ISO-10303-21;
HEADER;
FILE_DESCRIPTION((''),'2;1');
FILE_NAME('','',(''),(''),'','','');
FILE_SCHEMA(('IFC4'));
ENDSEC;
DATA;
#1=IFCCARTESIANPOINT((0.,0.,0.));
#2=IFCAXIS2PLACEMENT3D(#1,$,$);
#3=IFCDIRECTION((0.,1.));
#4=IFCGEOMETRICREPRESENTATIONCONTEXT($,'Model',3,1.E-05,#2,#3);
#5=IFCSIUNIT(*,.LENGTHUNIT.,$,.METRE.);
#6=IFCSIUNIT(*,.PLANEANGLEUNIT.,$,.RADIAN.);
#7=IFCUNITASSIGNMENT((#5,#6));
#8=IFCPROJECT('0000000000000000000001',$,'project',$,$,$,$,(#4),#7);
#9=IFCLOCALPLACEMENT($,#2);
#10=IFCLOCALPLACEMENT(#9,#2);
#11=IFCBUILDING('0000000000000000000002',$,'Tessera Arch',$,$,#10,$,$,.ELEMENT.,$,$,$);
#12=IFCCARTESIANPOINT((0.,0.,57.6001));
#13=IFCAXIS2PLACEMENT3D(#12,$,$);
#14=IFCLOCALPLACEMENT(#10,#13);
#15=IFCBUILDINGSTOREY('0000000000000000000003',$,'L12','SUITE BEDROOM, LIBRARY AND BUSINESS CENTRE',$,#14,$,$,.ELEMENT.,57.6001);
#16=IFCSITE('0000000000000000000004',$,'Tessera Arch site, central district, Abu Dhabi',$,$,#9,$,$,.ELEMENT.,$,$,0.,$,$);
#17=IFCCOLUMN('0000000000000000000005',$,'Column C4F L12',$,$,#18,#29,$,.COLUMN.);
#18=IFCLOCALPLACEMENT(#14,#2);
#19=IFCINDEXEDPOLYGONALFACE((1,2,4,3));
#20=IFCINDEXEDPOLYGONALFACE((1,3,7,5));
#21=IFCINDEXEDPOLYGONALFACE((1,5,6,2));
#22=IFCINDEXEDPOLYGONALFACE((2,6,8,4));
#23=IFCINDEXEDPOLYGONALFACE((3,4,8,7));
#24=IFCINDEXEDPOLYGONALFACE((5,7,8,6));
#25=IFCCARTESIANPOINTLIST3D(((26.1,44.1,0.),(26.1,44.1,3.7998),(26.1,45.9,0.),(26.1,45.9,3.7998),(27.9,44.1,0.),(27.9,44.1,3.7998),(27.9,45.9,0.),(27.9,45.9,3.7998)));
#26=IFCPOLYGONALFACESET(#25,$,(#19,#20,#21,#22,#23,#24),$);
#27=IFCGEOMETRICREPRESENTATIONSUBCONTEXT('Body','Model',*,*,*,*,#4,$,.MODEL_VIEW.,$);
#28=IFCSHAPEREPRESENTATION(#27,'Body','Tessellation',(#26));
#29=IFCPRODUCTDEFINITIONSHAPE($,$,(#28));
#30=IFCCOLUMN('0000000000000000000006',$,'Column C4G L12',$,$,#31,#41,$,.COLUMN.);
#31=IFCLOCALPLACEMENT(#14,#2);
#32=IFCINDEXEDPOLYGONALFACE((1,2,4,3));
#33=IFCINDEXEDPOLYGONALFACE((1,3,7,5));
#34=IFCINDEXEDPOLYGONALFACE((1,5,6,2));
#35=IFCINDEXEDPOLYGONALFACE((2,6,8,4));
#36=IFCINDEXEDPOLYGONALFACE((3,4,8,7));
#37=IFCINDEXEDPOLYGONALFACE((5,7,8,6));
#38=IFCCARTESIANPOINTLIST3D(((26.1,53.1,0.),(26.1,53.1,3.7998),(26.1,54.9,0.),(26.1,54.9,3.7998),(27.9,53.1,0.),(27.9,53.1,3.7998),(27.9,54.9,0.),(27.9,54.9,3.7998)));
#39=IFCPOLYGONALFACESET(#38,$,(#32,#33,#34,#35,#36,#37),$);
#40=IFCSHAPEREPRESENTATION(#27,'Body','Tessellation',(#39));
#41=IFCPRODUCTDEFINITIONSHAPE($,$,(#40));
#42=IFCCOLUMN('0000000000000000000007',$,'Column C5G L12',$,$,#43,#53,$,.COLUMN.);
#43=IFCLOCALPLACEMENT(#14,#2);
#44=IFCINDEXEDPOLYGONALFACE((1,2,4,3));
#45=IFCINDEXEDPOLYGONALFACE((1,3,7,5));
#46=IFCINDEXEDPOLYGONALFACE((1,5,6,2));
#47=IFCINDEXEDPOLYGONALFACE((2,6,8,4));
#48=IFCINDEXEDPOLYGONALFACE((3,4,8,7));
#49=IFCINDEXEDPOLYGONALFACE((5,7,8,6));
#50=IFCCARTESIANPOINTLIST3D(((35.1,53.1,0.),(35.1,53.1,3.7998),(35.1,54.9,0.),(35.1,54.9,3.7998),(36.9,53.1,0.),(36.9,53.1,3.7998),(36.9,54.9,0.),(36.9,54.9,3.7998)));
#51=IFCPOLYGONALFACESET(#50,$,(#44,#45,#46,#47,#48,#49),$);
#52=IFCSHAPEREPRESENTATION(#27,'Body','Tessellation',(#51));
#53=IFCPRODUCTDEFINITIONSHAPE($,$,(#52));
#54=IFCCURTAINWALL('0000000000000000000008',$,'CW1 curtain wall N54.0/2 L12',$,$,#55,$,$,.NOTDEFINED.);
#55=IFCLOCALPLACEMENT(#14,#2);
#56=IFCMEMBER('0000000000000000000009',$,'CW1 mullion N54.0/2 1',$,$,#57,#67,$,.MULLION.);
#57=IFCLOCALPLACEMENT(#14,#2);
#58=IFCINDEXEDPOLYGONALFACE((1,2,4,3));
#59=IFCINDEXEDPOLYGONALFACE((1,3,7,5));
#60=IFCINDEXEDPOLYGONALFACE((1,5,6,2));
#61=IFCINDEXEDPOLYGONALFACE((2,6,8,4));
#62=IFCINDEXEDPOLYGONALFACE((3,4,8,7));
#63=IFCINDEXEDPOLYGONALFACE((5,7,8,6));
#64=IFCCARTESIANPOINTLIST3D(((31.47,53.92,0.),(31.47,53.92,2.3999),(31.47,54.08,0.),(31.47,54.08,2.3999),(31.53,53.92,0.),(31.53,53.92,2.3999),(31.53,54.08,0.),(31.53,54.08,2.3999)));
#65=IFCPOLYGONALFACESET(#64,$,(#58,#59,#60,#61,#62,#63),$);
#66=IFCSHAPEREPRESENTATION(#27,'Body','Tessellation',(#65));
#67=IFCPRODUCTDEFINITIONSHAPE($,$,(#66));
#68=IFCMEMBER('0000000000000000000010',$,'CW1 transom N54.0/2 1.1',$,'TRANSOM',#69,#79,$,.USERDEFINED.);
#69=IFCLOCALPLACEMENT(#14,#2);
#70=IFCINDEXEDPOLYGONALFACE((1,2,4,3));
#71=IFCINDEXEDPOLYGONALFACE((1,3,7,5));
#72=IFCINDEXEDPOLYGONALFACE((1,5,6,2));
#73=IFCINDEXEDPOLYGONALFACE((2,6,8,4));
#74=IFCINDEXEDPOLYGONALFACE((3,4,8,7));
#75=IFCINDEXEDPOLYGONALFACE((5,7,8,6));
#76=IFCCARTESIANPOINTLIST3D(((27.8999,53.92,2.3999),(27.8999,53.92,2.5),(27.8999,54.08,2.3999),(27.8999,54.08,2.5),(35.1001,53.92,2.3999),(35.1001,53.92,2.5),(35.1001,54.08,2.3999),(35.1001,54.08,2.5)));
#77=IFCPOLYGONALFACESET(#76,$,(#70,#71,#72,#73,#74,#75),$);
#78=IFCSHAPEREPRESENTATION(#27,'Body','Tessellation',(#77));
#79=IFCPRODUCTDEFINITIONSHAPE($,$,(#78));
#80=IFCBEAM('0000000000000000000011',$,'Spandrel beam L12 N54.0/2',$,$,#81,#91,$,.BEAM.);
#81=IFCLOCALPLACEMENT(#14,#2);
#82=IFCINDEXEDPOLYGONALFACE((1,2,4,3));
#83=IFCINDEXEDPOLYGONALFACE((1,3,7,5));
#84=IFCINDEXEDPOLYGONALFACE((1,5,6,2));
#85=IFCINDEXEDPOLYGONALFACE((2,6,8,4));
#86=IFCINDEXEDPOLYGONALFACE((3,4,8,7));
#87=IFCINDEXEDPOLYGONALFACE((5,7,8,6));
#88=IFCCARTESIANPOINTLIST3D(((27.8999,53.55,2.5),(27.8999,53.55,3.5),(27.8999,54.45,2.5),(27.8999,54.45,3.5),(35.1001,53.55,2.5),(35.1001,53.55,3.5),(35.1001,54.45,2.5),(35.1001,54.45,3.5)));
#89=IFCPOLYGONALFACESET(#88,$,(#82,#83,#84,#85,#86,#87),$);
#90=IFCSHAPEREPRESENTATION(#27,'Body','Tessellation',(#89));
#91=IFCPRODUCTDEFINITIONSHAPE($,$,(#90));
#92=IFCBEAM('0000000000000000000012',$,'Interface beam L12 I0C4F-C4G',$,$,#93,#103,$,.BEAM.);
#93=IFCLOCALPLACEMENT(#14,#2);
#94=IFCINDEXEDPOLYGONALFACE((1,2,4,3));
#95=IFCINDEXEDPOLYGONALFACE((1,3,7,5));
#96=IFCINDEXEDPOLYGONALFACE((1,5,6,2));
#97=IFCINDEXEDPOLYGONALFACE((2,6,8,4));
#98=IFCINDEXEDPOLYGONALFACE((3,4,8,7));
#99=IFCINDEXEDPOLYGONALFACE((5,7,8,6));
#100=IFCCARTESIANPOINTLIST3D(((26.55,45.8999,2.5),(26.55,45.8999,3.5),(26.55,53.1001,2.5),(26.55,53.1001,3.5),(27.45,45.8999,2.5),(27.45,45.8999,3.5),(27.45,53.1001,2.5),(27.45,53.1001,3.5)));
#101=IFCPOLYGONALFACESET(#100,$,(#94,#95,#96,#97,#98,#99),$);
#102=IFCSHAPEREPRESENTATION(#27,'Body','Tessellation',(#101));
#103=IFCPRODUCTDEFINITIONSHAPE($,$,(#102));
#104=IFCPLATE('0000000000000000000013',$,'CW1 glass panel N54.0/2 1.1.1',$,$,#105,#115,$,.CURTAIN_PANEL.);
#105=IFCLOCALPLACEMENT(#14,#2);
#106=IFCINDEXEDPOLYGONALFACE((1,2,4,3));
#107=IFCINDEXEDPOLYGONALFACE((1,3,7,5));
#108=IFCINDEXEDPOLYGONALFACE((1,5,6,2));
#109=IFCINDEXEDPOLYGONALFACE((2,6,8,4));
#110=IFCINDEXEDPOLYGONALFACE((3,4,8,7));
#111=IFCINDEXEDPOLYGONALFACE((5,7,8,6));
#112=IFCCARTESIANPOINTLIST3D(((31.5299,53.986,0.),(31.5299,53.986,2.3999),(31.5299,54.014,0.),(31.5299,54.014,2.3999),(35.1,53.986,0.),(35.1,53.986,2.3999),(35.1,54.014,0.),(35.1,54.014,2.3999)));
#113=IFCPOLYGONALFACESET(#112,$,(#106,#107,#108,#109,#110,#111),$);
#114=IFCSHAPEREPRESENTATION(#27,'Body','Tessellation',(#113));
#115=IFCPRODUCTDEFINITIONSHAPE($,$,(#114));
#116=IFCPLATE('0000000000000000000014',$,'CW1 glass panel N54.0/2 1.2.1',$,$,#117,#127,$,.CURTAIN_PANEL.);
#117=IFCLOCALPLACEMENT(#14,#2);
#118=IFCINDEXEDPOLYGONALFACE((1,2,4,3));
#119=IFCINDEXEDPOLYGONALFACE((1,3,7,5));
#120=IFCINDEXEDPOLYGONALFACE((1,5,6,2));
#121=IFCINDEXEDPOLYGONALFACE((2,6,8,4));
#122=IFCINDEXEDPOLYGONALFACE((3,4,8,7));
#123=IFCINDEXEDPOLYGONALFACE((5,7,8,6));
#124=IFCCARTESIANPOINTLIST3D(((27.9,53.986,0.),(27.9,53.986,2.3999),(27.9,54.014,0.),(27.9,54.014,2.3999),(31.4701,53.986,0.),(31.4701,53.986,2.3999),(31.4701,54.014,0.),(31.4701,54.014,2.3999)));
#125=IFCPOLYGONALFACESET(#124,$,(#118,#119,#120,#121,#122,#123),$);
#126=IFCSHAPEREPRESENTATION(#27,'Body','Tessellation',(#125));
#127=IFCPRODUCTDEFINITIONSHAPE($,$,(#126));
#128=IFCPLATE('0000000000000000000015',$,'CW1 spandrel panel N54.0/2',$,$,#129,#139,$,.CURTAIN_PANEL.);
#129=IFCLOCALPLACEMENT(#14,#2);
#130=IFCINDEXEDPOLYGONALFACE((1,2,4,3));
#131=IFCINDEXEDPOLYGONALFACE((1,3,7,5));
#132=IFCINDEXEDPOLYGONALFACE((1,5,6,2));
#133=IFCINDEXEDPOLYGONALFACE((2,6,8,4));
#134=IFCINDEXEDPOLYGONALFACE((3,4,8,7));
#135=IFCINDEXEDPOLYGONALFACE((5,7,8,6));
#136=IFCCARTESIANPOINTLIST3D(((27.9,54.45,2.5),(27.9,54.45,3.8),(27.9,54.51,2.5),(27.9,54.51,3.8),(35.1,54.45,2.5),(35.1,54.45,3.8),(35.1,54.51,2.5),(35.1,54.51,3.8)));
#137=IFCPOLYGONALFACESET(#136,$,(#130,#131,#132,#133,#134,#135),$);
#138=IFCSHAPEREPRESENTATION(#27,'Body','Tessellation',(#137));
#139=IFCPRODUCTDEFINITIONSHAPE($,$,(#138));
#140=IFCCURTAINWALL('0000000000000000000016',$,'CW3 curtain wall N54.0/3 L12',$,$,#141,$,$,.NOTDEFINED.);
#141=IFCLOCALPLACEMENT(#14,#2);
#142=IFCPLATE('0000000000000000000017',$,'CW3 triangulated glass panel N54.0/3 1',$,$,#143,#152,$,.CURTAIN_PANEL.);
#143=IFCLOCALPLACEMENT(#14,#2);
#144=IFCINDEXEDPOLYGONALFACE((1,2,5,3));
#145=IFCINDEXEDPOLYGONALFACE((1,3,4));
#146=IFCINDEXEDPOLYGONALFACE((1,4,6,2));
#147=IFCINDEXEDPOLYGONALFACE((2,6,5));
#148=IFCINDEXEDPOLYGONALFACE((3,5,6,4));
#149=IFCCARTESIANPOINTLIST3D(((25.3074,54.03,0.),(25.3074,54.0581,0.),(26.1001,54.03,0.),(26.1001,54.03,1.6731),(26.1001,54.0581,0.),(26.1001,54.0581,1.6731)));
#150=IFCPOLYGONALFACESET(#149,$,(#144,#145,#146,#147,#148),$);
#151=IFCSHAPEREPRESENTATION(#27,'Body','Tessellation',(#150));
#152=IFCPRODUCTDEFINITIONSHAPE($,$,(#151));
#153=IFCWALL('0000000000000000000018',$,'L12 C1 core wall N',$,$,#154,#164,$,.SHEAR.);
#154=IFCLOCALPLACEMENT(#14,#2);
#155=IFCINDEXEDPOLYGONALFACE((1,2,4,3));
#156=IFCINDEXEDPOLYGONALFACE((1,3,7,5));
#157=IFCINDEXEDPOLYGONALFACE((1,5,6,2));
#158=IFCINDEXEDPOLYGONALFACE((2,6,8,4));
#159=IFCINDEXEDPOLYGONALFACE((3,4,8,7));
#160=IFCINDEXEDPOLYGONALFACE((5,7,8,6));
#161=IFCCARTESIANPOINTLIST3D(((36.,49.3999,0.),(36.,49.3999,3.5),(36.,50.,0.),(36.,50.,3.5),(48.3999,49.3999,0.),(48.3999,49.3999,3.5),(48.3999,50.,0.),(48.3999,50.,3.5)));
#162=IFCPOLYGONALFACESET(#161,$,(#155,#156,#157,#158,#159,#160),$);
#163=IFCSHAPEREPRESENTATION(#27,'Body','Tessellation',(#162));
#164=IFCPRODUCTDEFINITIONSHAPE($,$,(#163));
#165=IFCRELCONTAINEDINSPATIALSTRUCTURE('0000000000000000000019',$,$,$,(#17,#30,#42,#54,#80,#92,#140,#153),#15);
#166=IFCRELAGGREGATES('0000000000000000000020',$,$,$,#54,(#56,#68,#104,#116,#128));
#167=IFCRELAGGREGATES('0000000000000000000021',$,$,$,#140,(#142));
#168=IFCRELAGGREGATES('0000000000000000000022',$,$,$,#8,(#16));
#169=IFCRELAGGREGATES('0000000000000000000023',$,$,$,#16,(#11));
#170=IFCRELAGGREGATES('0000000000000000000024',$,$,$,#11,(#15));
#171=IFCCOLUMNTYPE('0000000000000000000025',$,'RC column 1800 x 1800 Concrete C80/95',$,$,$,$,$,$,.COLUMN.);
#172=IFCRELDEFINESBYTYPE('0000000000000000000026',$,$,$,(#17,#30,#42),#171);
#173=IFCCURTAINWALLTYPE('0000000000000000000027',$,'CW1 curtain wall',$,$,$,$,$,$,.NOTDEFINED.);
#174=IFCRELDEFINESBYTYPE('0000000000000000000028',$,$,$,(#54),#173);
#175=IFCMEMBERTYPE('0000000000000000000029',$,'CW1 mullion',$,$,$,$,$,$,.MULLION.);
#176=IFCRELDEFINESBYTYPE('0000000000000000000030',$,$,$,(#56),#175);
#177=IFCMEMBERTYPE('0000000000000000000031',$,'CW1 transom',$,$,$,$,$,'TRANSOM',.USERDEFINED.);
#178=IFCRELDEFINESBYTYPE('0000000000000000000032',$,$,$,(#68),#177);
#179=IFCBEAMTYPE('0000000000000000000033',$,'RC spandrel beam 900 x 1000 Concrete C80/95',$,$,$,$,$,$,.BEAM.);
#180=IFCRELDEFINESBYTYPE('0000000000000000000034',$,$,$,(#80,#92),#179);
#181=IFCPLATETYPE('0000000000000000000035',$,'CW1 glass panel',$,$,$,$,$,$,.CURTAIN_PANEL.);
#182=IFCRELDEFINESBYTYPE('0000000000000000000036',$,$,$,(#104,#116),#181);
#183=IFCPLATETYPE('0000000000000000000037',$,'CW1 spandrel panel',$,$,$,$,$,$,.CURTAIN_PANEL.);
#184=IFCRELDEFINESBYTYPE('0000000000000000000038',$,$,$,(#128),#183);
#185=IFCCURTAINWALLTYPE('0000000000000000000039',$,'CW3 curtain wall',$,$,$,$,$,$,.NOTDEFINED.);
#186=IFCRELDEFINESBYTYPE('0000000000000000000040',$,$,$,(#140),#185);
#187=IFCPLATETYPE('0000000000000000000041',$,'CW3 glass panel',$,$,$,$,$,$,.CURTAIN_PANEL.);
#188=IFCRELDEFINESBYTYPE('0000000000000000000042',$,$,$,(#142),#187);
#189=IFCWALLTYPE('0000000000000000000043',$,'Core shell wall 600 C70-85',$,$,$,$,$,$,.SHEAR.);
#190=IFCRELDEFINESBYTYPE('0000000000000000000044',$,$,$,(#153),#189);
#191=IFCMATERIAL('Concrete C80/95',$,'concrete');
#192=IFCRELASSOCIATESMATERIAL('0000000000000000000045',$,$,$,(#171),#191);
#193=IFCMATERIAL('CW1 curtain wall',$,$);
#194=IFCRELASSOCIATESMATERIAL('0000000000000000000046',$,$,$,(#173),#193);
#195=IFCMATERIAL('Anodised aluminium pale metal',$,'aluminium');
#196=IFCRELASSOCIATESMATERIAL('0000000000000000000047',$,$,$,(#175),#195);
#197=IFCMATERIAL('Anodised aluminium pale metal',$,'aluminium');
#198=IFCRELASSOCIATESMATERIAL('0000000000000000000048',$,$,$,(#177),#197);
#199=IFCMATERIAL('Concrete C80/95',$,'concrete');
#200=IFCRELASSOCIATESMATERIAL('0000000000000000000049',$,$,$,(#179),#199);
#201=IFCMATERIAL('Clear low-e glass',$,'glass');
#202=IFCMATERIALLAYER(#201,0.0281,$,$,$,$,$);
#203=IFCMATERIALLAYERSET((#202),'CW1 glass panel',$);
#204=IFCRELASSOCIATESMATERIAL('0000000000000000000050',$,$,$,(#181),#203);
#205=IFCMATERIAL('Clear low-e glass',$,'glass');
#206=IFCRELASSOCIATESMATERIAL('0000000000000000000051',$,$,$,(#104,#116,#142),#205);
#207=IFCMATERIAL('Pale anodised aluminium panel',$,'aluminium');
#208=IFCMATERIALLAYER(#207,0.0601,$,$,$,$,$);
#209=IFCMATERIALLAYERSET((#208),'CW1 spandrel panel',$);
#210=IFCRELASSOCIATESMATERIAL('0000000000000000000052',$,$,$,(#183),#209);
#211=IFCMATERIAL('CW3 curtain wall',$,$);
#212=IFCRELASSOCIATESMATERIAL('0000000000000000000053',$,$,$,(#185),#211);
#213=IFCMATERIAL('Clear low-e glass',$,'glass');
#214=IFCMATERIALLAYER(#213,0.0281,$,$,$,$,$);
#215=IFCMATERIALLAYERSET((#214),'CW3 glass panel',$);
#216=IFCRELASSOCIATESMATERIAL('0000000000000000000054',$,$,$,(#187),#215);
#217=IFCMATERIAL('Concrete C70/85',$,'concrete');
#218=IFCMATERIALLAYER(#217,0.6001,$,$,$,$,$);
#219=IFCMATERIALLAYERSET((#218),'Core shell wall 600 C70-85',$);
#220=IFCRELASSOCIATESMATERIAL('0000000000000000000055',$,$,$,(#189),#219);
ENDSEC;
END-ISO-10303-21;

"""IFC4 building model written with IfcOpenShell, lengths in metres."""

from ifc_helpers import new_model, si_unit, direction, frame, frame_2d, origin, origin_2d, place, context, subcontext, project, spatial, polyline, rectangle, outline, extrude, material, layer, layer_set, material_profile, profile_set, type_object, element, aggregate, save


model = new_model("IFC4")

# Units and contexts
model_context = context("Model", 3, precision=1e-05, world=origin(), true_north=direction((0.0, 1.0)))
body_context = subcontext(model_context, "Body", "Model", "MODEL_VIEW")
ifc_project = project(units=[si_unit("LENGTHUNIT", "METRE"), si_unit("PLANEANGLEUNIT", "RADIAN")], contexts=[model_context])

# Site, building, storey
site_placement = place(None, origin())
site = spatial("IfcSite", under=ifc_project, at=site_placement, Name="Tessera Arch site, central district, Abu Dhabi", CompositionType="ELEMENT", RefElevation=0.0)
building_placement = place(site_placement, origin())
building = spatial("IfcBuilding", under=site, at=building_placement, Name="Tessera Arch", CompositionType="ELEMENT")
storey_placement = place(building_placement, frame((0.0, 0.0, 57.6001)))
storey = spatial("IfcBuildingStorey", under=building, at=storey_placement, Name="L12", Description="SUITE BEDROOM, LIBRARY AND BUSINESS CENTRE", CompositionType="ELEMENT", Elevation=57.6001)

# Columns
ifc_material_1 = material(Name="Concrete C80/95", Category="concrete")
ifc_material_profile_1 = material_profile(ifc_material_1, rectangle(XDim=1.8, YDim=1.8, at=origin_2d()), Name="RC column 1800 x 1800 Concrete C80/95")
ifc_profile_set_1 = profile_set([ifc_material_profile_1], Name="Concrete C80/95")
column_type = type_object("IfcColumnType", Name="RC column 1800 x 1800 Concrete C80/95", PredefinedType="COLUMN", material=ifc_profile_set_1)
for number, where, z_axis, x_axis, name in (
    (1, (27.0, 45.0, 0.0), (0.0, 0.0, 1.0), (1.0, 0.0, 0.0), "Column C4F L12"),
    (2, (27.0, 54.0, 0.0), (0.0, 0.0, 1.0), (1.0, 0.0, 0.0), "Column C4G L12"),
    (3, (36.0, 54.0, 0.0), (0.0, 0.0, 1.0), (1.0, 0.0, 0.0), "Column C5G L12"),
):
    element("IfcColumn", number, at=place(storey_placement, frame(where, z_axis=z_axis, x_axis=x_axis)), inside=storey, type_object=column_type, Name=name, PredefinedType="COLUMN", context=body_context, shape_type="SweptSolid", body=[
        extrude(rectangle(XDim=1.8, YDim=1.8, at=origin_2d()), origin(), (0.0, 0.0, 1.0), 3.7998),
    ])

# Curtain wall, members
ifc_material_2 = material(Name="CW1 curtain wall")
curtain_wall_type_1 = type_object("IfcCurtainWallType", Name="CW1 curtain wall", PredefinedType="NOTDEFINED", material=ifc_material_2)
curtain_wall_1_placement = place(storey_placement, origin())
curtain_wall_1 = element("IfcCurtainWall", 4, at=curtain_wall_1_placement, inside=storey, type_object=curtain_wall_type_1, Name="CW1 curtain wall N54.0/2 L12", PredefinedType="NOTDEFINED")
ifc_material_3 = material(Name="Anodised aluminium pale metal", Category="aluminium")
ifc_material_profile_2 = material_profile(ifc_material_3, rectangle(XDim=0.1599, YDim=0.0601, at=origin_2d()), Name="AL 60x160")
ifc_profile_set_2 = profile_set([ifc_material_profile_2], Name="Anodised aluminium pale metal")
member_type_1 = type_object("IfcMemberType", Name="CW1 mullion", PredefinedType="MULLION", material=ifc_profile_set_2)
member_1_placement = place(storey_placement, frame((31.5, 54.0, 0.0), z_axis=(0.0, 0.0, 1.0), x_axis=(0.0, -1.0, 0.0)))
member_1 = element("IfcMember", 5, at=member_1_placement, type_object=member_type_1, Name="CW1 mullion N54.0/2 1", PredefinedType="MULLION", context=body_context, shape_type="SweptSolid", body=[
    extrude(rectangle(XDim=0.1599, YDim=0.0601, at=origin_2d()), origin(), (0.0, 0.0, 1.0), 2.3999),
])
ifc_material_4 = material(Name="Anodised aluminium pale metal", Category="aluminium")
ifc_material_profile_3 = material_profile(ifc_material_4, rectangle(XDim=0.1599, YDim=0.1001, at=origin_2d()), Name="AL 160x100")
ifc_profile_set_3 = profile_set([ifc_material_profile_3], Name="Anodised aluminium pale metal")
member_type_2 = type_object("IfcMemberType", Name="CW1 transom", ElementType="TRANSOM", PredefinedType="USERDEFINED", material=ifc_profile_set_3)
member_2_placement = place(storey_placement, frame((35.1001, 54.0, 2.45), z_axis=(-1.0, 0.0, 0.0), x_axis=(0.0, -1.0, 0.0)))
member_2 = element("IfcMember", 6, at=member_2_placement, type_object=member_type_2, Name="CW1 transom N54.0/2 1.1", ObjectType="TRANSOM", PredefinedType="USERDEFINED", context=body_context, shape_type="SweptSolid", body=[
    extrude(rectangle(XDim=0.1599, YDim=0.1001, at=origin_2d()), origin(), (0.0, 0.0, 1.0), 7.2002),
])

# Beams
ifc_material_5 = material(Name="Concrete C80/95", Category="concrete")
ifc_material_profile_4 = material_profile(ifc_material_5, rectangle(XDim=0.8999, YDim=1.0, at=origin_2d()), Name="RC spandrel beam 900 x 1000 Concrete C80/95")
ifc_profile_set_4 = profile_set([ifc_material_profile_4], Name="Concrete C80/95")
beam_type = type_object("IfcBeamType", Name="RC spandrel beam 900 x 1000 Concrete C80/95", PredefinedType="BEAM", material=ifc_profile_set_4)
for number, where, z_axis, x_axis, name in (
    (7, (35.1001, 54.0, 3.0), (-1.0, 0.0, 0.0), (0.0, -1.0, 0.0), "Spandrel beam L12 N54.0/2"),
    (8, (27.0, 45.8999, 3.0), (0.0, 1.0, 0.0), (-1.0, 0.0, 0.0), "Interface beam L12 I0C4F-C4G"),
):
    element("IfcBeam", number, at=place(storey_placement, frame(where, z_axis=z_axis, x_axis=x_axis)), inside=storey, type_object=beam_type, Name=name, PredefinedType="BEAM", context=body_context, shape_type="SweptSolid", body=[
        extrude(rectangle(XDim=0.8999, YDim=1.0, at=origin_2d()), origin(), (0.0, 0.0, 1.0), 7.2002),
    ])

# Plates
ifc_material_6 = material(Name="Clear low-e glass", Category="glass")
ifc_material_7 = material(Name="Clear low-e glass", Category="glass")
ifc_layer_1 = layer(ifc_material_7, 0.0281)
ifc_layer_set_1 = layer_set([ifc_layer_1], Name="CW1 glass panel")
plate_type_1 = type_object("IfcPlateType", Name="CW1 glass panel", PredefinedType="CURTAIN_PANEL", material=ifc_layer_set_1)
plate_1_placement = place(storey_placement, frame((33.3149, 54.0, 0.0), z_axis=(0.0, 0.0, 1.0), x_axis=(-1.0, 0.0, 0.0)))
plate_1 = element("IfcPlate", 9, at=plate_1_placement, type_object=plate_type_1, material=ifc_material_6, Name="CW1 glass panel N54.0/2 1.1.1", PredefinedType="CURTAIN_PANEL", context=body_context, shape_type="SweptSolid", body=[
    extrude(rectangle(XDim=3.5701, YDim=0.0281, at=origin_2d()), origin(), (0.0, 0.0, 1.0), 2.3999),
])
plate_2_placement = place(storey_placement, frame((29.6851, 54.0, 0.0), z_axis=(0.0, 0.0, 1.0), x_axis=(-1.0, 0.0, 0.0)))
plate_2 = element("IfcPlate", 10, at=plate_2_placement, type_object=plate_type_1, material=ifc_material_6, Name="CW1 glass panel N54.0/2 1.2.1", PredefinedType="CURTAIN_PANEL", context=body_context, shape_type="SweptSolid", body=[
    extrude(rectangle(XDim=3.5701, YDim=0.0281, at=origin_2d()), origin(), (0.0, 0.0, 1.0), 2.3999),
])
ifc_material_8 = material(Name="Pale anodised aluminium panel", Category="aluminium")
ifc_layer_2 = layer(ifc_material_8, 0.0601)
ifc_layer_set_2 = layer_set([ifc_layer_2], Name="CW1 spandrel panel")
plate_type_2 = type_object("IfcPlateType", Name="CW1 spandrel panel", PredefinedType="CURTAIN_PANEL", material=ifc_layer_set_2)
plate_3_placement = place(storey_placement, frame((31.5, 54.48, 2.5), z_axis=(0.0, 0.0, 1.0), x_axis=(-1.0, 0.0, 0.0)))
plate_3 = element("IfcPlate", 11, at=plate_3_placement, type_object=plate_type_2, Name="CW1 spandrel panel N54.0/2", PredefinedType="CURTAIN_PANEL", context=body_context, shape_type="SweptSolid", body=[
    extrude(rectangle(XDim=7.2, YDim=0.0601, at=origin_2d()), origin(), (0.0, 0.0, 1.0), 1.3),
])
aggregate(curtain_wall_1, [member_1, member_2, plate_1, plate_2, plate_3])

# Curtain wall, plate
ifc_material_9 = material(Name="CW3 curtain wall")
curtain_wall_type_2 = type_object("IfcCurtainWallType", Name="CW3 curtain wall", PredefinedType="NOTDEFINED", material=ifc_material_9)
curtain_wall_2_placement = place(storey_placement, origin())
curtain_wall_2 = element("IfcCurtainWall", 12, at=curtain_wall_2_placement, inside=storey, type_object=curtain_wall_type_2, Name="CW3 curtain wall N54.0/3 L12", PredefinedType="NOTDEFINED")
ifc_material_10 = material(Name="Clear low-e glass", Category="glass")
ifc_layer_3 = layer(ifc_material_10, 0.0281)
ifc_layer_set_3 = layer_set([ifc_layer_3], Name="CW3 glass panel")
plate_type_3 = type_object("IfcPlateType", Name="CW3 glass panel", PredefinedType="CURTAIN_PANEL", material=ifc_layer_set_3)
plate_4_placement = place(storey_placement, frame((26.1001, 54.0581, 0.0), z_axis=(0.0, 1.0, 0.0), x_axis=(-1.0, 0.0, 0.0)))
plate_4 = element("IfcPlate", 13, at=plate_4_placement, type_object=plate_type_3, material=ifc_material_6, Name="CW3 triangulated glass panel N54.0/3 1", PredefinedType="CURTAIN_PANEL", context=body_context, shape_type="SweptSolid", body=[
    extrude(outline(polyline([(0.0, 0.0), (0.7927, 0.0), (0.0, 1.6731), (0.0, 0.0)])), origin(), (0.0, 0.0, -1.0), 0.0281),
])
aggregate(curtain_wall_2, [plate_4])

# Wall
ifc_material_11 = material(Name="Concrete C70/85", Category="concrete")
ifc_layer_4 = layer(ifc_material_11, 0.6001)
ifc_layer_set_4 = layer_set([ifc_layer_4], Name="Core shell wall 600 C70-85")
wall_type_1 = type_object("IfcWallType", Name="Core shell wall 600 C70-85", PredefinedType="SHEAR", material=ifc_layer_set_4)
wall_1_placement = place(storey_placement, frame((36.0, 49.7, 0.0), z_axis=(0.0, 0.0, 1.0), x_axis=(1.0, 0.0, 0.0)))
element("IfcWall", 14, at=wall_1_placement, inside=storey, type_object=wall_type_1, Name="L12 C1 core wall N", PredefinedType="SHEAR", context=body_context, shape_type="SweptSolid", body=[
    extrude(rectangle(XDim=12.3999, YDim=0.6001, at=frame_2d((6.2, 0.0))), origin(), (0.0, 0.0, 1.0), 3.5),
])

save(model, "model.ifc")
